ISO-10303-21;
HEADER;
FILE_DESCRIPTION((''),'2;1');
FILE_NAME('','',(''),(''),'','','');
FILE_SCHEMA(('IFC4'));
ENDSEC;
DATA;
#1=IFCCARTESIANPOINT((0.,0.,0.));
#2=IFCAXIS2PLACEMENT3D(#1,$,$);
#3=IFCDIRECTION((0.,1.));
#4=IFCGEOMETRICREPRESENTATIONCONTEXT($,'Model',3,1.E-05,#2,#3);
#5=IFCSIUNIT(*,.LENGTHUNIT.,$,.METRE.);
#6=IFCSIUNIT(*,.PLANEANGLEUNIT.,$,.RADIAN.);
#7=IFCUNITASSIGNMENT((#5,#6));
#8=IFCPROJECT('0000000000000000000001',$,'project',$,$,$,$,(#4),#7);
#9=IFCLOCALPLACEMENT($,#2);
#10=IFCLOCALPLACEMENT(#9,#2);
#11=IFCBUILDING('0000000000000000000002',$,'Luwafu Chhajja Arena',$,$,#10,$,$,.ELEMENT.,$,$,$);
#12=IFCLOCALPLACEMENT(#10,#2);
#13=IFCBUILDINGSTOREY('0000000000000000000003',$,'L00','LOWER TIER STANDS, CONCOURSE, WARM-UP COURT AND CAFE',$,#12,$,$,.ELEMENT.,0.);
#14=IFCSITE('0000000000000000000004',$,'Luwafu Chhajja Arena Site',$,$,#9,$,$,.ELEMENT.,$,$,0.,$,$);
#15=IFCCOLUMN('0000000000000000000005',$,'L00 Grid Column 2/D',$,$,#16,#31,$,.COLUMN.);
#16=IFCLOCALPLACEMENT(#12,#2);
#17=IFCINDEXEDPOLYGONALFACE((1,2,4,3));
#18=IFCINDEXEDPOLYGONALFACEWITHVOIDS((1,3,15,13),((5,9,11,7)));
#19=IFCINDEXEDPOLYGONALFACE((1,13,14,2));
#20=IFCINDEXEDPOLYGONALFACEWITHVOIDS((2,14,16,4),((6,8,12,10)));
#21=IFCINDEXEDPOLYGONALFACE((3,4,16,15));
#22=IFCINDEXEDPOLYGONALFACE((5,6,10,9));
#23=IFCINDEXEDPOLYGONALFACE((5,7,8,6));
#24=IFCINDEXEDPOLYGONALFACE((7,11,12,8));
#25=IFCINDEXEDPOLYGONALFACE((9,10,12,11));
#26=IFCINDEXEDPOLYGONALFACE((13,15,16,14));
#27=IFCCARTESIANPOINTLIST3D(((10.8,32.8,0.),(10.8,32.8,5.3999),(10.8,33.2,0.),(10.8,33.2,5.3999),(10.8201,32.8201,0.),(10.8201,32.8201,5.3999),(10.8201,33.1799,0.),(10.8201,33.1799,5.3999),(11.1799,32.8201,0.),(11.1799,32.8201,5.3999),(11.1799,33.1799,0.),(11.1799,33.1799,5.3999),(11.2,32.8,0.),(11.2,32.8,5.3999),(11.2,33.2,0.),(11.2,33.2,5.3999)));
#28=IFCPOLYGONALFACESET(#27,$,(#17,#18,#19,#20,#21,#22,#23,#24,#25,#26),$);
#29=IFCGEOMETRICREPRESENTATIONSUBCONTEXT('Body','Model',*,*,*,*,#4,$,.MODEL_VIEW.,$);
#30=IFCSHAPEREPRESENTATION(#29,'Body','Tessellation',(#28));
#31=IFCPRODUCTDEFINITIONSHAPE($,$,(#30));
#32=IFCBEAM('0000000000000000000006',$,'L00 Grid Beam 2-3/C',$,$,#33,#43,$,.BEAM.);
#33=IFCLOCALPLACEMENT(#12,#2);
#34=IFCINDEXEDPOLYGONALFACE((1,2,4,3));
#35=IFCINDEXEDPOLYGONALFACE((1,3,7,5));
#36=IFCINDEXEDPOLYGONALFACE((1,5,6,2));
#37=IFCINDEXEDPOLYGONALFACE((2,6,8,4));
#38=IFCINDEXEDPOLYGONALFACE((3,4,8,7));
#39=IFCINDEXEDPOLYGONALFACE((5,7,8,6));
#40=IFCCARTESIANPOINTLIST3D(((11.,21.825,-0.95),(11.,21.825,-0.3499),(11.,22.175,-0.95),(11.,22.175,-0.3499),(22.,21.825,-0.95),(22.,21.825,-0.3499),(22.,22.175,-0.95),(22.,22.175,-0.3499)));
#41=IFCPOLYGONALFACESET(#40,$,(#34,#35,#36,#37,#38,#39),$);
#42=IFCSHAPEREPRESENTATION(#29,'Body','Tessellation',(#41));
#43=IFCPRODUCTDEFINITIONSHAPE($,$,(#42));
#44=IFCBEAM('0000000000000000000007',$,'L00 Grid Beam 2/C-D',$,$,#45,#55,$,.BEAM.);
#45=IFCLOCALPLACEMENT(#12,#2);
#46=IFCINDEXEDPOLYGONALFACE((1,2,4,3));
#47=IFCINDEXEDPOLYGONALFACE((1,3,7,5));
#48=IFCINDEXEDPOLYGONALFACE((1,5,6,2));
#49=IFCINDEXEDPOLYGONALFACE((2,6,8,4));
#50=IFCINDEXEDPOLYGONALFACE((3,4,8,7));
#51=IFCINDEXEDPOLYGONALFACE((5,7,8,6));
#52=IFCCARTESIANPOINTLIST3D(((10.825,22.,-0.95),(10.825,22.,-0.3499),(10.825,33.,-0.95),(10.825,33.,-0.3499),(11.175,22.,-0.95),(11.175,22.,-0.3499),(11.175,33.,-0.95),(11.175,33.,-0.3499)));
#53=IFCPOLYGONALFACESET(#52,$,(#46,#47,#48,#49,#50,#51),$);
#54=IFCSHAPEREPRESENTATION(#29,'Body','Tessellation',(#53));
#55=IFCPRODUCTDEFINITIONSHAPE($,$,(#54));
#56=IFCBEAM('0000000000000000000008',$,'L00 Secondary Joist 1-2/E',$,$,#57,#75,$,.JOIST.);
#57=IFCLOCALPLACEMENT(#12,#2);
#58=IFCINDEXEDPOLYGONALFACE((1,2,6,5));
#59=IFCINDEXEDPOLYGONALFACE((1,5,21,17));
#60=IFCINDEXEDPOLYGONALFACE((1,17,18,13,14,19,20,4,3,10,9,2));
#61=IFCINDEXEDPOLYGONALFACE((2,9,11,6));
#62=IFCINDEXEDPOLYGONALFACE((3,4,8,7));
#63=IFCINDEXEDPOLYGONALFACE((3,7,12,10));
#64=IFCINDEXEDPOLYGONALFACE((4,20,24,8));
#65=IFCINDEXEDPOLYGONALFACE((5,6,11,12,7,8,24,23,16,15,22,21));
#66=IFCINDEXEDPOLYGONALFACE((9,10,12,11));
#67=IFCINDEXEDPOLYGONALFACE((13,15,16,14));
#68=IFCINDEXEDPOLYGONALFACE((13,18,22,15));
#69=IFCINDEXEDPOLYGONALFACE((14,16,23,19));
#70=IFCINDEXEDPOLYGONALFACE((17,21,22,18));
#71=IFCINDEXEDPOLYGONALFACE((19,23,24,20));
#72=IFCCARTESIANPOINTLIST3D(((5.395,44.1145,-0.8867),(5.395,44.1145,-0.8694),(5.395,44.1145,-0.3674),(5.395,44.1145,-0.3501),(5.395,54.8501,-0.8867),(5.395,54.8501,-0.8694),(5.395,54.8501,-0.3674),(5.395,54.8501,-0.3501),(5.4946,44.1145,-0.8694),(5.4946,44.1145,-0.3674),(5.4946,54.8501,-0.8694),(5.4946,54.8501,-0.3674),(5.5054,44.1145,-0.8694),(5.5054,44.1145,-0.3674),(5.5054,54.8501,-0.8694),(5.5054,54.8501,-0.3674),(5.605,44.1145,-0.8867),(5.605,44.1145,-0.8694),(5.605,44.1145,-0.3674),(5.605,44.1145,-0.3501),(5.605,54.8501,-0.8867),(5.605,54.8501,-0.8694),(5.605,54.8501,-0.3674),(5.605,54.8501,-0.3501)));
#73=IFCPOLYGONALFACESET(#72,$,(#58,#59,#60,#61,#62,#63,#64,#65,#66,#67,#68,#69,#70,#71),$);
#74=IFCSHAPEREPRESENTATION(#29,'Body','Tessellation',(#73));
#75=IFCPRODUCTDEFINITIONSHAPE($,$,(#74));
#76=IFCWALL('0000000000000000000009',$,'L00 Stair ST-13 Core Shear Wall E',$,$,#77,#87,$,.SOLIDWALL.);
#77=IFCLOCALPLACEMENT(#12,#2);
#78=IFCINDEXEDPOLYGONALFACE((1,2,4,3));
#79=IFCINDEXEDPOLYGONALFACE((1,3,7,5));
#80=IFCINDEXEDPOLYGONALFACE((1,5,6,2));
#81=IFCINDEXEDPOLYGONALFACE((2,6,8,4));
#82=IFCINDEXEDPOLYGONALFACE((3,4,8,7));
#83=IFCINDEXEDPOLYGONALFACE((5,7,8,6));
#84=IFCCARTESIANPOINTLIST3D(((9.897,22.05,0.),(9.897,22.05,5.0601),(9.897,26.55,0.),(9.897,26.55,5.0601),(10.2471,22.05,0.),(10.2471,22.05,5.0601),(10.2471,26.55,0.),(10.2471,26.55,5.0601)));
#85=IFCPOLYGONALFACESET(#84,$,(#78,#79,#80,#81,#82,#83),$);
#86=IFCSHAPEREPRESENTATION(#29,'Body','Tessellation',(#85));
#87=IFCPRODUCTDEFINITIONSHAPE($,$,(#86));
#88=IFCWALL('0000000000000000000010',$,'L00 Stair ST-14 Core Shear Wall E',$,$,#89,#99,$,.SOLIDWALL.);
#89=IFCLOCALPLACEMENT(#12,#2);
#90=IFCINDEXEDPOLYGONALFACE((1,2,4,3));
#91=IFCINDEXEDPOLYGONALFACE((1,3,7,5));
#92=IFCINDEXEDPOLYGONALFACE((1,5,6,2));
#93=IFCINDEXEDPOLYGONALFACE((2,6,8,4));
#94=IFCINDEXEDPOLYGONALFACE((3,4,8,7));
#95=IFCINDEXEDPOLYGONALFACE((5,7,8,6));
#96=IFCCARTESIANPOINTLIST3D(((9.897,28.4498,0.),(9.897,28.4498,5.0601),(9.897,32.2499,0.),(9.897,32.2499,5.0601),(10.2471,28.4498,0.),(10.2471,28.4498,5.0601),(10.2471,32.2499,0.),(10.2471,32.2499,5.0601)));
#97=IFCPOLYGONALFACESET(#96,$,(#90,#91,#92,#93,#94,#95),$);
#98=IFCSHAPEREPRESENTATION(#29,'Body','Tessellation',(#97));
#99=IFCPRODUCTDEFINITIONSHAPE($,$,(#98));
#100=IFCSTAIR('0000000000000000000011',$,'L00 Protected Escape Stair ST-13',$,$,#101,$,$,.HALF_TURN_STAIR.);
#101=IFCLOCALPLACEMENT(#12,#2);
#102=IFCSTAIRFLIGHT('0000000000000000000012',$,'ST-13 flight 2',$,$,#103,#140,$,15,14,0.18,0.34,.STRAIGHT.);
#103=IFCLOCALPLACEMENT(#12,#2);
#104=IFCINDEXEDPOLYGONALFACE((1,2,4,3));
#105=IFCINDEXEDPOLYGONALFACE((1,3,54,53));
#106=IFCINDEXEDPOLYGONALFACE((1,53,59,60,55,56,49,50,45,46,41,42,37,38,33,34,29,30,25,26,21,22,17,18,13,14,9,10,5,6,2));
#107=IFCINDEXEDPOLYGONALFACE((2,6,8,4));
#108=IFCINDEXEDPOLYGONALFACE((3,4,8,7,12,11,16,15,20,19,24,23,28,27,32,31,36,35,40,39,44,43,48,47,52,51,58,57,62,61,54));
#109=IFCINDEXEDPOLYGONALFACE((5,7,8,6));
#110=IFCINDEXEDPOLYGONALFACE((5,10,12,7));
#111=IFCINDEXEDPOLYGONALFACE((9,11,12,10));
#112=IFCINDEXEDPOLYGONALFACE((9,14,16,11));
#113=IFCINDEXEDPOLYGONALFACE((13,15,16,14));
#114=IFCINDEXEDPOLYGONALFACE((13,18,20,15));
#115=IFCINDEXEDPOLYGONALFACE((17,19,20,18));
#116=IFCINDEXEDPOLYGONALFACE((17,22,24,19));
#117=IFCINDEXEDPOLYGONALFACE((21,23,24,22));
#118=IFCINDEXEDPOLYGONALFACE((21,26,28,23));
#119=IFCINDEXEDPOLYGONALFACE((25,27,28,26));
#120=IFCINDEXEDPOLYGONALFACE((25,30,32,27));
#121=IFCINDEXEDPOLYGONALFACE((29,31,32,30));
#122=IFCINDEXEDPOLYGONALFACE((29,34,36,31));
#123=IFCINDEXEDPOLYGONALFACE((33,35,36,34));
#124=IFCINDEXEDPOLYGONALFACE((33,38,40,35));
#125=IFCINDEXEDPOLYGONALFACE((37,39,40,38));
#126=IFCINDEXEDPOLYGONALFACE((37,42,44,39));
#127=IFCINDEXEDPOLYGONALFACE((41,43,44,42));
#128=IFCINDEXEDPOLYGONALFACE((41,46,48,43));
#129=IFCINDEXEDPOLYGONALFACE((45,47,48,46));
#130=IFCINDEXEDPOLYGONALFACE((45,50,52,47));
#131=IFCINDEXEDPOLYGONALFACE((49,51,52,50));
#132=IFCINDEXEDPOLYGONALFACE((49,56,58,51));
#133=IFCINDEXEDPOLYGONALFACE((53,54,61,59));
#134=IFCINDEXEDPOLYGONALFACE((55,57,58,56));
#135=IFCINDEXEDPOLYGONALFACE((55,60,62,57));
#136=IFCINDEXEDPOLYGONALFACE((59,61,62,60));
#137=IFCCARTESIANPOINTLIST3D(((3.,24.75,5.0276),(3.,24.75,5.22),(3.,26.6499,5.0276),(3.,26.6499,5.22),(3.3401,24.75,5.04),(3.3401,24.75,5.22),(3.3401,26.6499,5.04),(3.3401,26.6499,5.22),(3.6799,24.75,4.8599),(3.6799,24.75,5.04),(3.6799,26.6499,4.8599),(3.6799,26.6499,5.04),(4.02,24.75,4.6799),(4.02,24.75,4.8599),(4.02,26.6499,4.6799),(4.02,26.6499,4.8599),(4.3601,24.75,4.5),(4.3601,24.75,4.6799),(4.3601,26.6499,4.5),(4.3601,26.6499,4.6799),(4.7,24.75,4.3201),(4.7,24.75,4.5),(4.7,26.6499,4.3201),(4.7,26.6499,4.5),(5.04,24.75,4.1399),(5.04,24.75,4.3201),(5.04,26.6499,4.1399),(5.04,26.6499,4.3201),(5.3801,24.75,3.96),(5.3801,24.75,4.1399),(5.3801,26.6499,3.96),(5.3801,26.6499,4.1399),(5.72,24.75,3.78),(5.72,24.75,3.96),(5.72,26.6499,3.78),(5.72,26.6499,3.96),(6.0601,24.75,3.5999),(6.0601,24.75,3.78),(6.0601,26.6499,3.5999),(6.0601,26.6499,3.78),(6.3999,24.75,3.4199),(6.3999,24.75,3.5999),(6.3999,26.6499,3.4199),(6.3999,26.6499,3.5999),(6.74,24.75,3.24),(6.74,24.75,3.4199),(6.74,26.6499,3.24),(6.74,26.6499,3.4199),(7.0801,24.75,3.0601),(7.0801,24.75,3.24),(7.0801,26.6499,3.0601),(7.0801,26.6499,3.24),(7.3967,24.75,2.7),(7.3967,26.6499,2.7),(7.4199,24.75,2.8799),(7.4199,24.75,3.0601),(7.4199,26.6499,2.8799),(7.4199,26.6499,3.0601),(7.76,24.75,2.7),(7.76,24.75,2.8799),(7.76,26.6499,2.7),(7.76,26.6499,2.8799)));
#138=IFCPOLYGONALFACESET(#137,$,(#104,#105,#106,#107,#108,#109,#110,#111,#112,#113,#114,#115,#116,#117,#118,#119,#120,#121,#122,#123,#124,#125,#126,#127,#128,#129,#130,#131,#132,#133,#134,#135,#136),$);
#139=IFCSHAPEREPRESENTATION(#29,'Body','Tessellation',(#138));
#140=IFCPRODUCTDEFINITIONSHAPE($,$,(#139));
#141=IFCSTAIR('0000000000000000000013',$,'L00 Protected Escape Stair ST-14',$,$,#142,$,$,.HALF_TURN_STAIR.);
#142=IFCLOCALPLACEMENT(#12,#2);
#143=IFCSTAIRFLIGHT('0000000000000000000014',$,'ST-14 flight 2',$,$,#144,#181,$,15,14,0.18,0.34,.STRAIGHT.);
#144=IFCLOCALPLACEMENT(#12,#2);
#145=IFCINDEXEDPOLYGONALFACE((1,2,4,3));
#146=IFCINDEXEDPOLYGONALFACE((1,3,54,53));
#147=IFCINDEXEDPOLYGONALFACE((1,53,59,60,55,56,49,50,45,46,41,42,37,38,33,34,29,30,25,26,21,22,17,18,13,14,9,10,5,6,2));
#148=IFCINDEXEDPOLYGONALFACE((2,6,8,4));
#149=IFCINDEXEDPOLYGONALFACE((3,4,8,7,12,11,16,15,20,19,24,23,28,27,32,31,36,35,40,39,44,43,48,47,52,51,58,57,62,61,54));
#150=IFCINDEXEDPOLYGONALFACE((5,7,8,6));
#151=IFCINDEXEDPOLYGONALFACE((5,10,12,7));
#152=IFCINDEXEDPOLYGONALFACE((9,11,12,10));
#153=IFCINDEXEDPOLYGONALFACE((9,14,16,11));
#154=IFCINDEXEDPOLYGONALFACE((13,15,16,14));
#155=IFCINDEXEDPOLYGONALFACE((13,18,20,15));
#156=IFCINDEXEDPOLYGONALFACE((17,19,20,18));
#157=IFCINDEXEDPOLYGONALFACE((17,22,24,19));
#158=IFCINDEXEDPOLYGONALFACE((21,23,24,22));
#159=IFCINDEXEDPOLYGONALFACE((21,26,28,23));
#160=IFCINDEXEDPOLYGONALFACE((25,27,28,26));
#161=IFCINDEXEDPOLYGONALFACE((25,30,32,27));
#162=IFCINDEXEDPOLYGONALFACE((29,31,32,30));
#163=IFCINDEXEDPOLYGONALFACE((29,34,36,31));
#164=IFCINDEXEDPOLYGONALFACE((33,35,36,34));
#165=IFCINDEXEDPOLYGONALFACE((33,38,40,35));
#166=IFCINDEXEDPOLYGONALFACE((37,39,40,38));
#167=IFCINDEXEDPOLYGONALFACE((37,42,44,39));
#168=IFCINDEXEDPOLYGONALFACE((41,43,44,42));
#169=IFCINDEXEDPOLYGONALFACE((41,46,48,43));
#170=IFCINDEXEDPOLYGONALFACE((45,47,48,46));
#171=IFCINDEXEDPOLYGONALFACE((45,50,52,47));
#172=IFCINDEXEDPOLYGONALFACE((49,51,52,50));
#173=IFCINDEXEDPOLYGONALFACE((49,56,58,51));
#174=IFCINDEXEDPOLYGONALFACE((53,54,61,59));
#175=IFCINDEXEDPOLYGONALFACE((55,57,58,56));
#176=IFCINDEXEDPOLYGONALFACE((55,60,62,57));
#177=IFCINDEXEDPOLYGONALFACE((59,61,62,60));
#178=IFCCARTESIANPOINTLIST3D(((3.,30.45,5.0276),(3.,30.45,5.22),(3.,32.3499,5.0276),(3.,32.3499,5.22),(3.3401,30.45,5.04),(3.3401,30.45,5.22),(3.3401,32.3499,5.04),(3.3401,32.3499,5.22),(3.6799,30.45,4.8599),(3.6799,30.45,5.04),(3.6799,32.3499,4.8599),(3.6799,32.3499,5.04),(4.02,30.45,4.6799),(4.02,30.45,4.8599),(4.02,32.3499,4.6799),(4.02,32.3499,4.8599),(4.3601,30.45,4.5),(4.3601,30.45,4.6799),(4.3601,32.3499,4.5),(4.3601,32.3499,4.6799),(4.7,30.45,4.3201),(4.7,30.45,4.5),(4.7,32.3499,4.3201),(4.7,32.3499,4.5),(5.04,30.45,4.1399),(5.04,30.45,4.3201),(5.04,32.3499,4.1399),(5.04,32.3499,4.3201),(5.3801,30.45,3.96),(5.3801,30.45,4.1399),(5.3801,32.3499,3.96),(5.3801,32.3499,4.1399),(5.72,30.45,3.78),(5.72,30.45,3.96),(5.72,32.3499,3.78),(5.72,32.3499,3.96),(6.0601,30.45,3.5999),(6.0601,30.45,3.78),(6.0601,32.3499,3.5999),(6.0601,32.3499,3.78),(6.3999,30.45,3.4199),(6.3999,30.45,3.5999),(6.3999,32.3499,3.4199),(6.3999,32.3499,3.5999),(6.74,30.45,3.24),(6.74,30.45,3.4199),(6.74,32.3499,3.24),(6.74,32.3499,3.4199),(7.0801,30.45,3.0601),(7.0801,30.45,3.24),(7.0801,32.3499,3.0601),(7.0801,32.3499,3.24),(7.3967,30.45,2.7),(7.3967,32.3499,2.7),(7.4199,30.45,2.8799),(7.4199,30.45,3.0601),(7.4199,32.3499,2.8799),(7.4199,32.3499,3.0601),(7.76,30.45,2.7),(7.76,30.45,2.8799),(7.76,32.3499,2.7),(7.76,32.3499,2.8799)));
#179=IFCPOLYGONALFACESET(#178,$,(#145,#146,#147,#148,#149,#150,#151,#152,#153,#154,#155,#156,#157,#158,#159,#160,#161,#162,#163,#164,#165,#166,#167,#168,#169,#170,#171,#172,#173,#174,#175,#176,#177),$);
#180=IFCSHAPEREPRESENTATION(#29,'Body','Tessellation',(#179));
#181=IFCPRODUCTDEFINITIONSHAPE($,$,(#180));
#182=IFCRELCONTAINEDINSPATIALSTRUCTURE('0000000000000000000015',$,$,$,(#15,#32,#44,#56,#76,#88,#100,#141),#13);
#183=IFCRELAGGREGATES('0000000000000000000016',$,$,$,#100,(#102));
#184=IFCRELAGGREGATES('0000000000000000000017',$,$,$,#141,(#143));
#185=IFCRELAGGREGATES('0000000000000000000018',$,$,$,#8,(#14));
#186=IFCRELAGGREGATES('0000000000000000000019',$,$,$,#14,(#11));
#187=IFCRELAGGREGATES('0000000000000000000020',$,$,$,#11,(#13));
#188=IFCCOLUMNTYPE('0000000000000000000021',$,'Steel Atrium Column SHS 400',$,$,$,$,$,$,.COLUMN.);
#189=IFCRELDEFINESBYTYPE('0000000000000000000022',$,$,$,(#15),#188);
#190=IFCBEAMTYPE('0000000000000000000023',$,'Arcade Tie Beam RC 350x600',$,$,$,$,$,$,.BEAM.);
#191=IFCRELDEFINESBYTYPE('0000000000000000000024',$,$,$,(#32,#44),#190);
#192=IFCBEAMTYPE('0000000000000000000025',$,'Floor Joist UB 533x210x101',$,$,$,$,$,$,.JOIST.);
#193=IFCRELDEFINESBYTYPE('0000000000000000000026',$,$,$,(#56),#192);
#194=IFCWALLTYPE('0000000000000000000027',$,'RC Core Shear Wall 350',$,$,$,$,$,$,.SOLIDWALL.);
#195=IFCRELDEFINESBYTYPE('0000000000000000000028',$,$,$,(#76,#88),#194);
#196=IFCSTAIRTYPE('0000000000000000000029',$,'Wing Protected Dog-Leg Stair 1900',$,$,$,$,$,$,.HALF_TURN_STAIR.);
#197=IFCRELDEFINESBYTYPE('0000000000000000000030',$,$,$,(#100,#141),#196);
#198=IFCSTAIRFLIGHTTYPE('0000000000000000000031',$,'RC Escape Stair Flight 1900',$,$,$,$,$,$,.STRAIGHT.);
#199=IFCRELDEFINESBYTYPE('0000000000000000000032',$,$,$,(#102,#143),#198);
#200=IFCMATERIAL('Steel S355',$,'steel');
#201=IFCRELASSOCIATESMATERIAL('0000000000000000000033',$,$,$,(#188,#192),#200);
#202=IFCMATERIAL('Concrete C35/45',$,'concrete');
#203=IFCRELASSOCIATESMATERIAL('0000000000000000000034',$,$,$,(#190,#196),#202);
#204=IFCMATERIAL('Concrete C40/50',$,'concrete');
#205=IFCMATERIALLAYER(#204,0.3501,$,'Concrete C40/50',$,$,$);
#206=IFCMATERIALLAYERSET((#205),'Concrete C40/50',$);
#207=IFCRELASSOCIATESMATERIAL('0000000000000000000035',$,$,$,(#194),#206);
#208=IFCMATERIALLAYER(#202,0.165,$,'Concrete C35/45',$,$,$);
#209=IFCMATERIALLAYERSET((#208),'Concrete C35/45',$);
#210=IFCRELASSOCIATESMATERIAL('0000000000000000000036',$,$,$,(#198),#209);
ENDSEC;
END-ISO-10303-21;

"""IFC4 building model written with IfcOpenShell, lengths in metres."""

from ifc_helpers import new_model, si_unit, direction, frame, frame_2d, origin, origin_2d, place, context, subcontext, project, spatial, polyline, rectangle, hollow_rectangle, i_section, outline, extrude, material, layer, layer_set, material_profile, profile_set, type_object, element, aggregate, save


model = new_model("IFC4")

# Units and contexts
model_context = context("Model", 3, precision=1e-05, world=origin(), true_north=direction((0.0, 1.0)))
body_context = subcontext(model_context, "Body", "Model", "MODEL_VIEW")
ifc_project = project(units=[si_unit("LENGTHUNIT", "METRE"), si_unit("PLANEANGLEUNIT", "RADIAN")], contexts=[model_context])

# Site, building, storey
site_placement = place(None, origin())
site = spatial("IfcSite", under=ifc_project, at=site_placement, Name="Luwafu Chhajja Arena Site", CompositionType="ELEMENT", RefElevation=0.0)
building_placement = place(site_placement, origin())
building = spatial("IfcBuilding", under=site, at=building_placement, Name="Luwafu Chhajja Arena", CompositionType="ELEMENT")
storey_placement = place(building_placement, origin())
storey = spatial("IfcBuildingStorey", under=building, at=storey_placement, Name="L00", Description="LOWER TIER STANDS, CONCOURSE, WARM-UP COURT AND CAFE", CompositionType="ELEMENT", Elevation=0.0)

# Column
ifc_material_1 = material(Name="Steel S355", Category="steel")
ifc_material_profile_1 = material_profile(ifc_material_1, hollow_rectangle(XDim=0.3999, YDim=0.3999, WallThickness=0.02, at=origin_2d()), Name="SHS 400x400x20")
ifc_profile_set_1 = profile_set([ifc_material_profile_1], Name="Steel S355")
column_type = type_object("IfcColumnType", Name="Steel Atrium Column SHS 400", PredefinedType="COLUMN", material=ifc_profile_set_1)
column_placement = place(storey_placement, frame((11.0, 33.0, 0.0), z_axis=(0.0, 0.0, 1.0), x_axis=(1.0, 0.0, 0.0)))
element("IfcColumn", 1, at=column_placement, inside=storey, type_object=column_type, Name="L00 Grid Column 2/D", PredefinedType="COLUMN", context=body_context, shape_type="SweptSolid", body=[
    extrude(hollow_rectangle(XDim=0.3999, YDim=0.3999, WallThickness=0.02, at=origin_2d()), origin(), (0.0, 0.0, 1.0), 5.3999),
])

# Beams
ifc_material_2 = material(Name="Concrete C35/45", Category="concrete")
ifc_material_profile_2 = material_profile(ifc_material_2, rectangle(XDim=0.3501, YDim=0.6001, at=origin_2d()), Name="RC 350x600")
ifc_profile_set_2 = profile_set([ifc_material_profile_2], Name="Concrete C35/45")
beam_type_1 = type_object("IfcBeamType", Name="Arcade Tie Beam RC 350x600", PredefinedType="BEAM", material=ifc_profile_set_2)
for number, where, z_axis, x_axis, name in (
    (2, (11.0, 22.0, -0.6499), (1.0, 0.0, 0.0), (0.0, 1.0, 0.0), "L00 Grid Beam 2-3/C"),
    (3, (11.0, 22.0, -0.6499), (0.0, 1.0, 0.0), (-1.0, 0.0, 0.0), "L00 Grid Beam 2/C-D"),
):
    element("IfcBeam", number, at=place(storey_placement, frame(where, z_axis=z_axis, x_axis=x_axis)), inside=storey, type_object=beam_type_1, Name=name, PredefinedType="BEAM", context=body_context, shape_type="SweptSolid", body=[
        extrude(rectangle(XDim=0.3501, YDim=0.6001, at=origin_2d()), origin(), (0.0, 0.0, 1.0), 11.0),
    ])
ifc_material_profile_3 = material_profile(ifc_material_1, i_section(OverallWidth=0.21, OverallDepth=0.5366, WebThickness=0.0107, FlangeThickness=0.0173, at=origin_2d()), Name="UB 533x210x101")
ifc_profile_set_3 = profile_set([ifc_material_profile_3], Name="Steel S355")
beam_type_2 = type_object("IfcBeamType", Name="Floor Joist UB 533x210x101", PredefinedType="JOIST", material=ifc_profile_set_3)
beam_placement = place(storey_placement, frame((5.5, 44.1145, -0.6184), z_axis=(0.0, 1.0, 0.0), x_axis=(-1.0, 0.0, 0.0)))
element("IfcBeam", 4, at=beam_placement, inside=storey, type_object=beam_type_2, Name="L00 Secondary Joist 1-2/E", PredefinedType="JOIST", context=body_context, shape_type="SweptSolid", body=[
    extrude(i_section(OverallWidth=0.21, OverallDepth=0.5366, WebThickness=0.0107, FlangeThickness=0.0173, at=origin_2d()), origin(), (0.0, 0.0, 1.0), 10.7356),
])

# Walls
ifc_material_3 = material(Name="Concrete C40/50", Category="concrete")
ifc_layer_1 = layer(ifc_material_3, 0.3501, Name="Concrete C40/50")
ifc_layer_set_1 = layer_set([ifc_layer_1], Name="Concrete C40/50")
wall_type = type_object("IfcWallType", Name="RC Core Shear Wall 350", PredefinedType="SOLIDWALL", material=ifc_layer_set_1)
wall_1_placement = place(storey_placement, frame((10.072, 22.05, 0.0), z_axis=(0.0, 0.0, 1.0), x_axis=(0.0, 1.0, 0.0)))
element("IfcWall", 5, at=wall_1_placement, inside=storey, type_object=wall_type, Name="L00 Stair ST-13 Core Shear Wall E", PredefinedType="SOLIDWALL", context=body_context, shape_type="SweptSolid", body=[
    extrude(rectangle(XDim=4.5, YDim=0.3501, at=frame_2d((2.25, 0.0))), origin(), (0.0, 0.0, 1.0), 5.0601),
])
wall_2_placement = place(storey_placement, frame((10.072, 28.45, 0.0), z_axis=(0.0, 0.0, 1.0), x_axis=(0.0, 1.0, 0.0)))
element("IfcWall", 6, at=wall_2_placement, inside=storey, type_object=wall_type, Name="L00 Stair ST-14 Core Shear Wall E", PredefinedType="SOLIDWALL", context=body_context, shape_type="SweptSolid", body=[
    extrude(rectangle(XDim=3.8, YDim=0.3501, at=frame_2d((1.8999, 0.0))), origin(), (0.0, 0.0, 1.0), 5.0601),
])

# Stairs, stair flights
stair_type = type_object("IfcStairType", Name="Wing Protected Dog-Leg Stair 1900", PredefinedType="HALF_TURN_STAIR", material=ifc_material_2)
stair_1_placement = place(storey_placement, origin())
stair_1 = element("IfcStair", 7, at=stair_1_placement, inside=storey, type_object=stair_type, Name="L00 Protected Escape Stair ST-13", PredefinedType="HALF_TURN_STAIR")
ifc_layer_2 = layer(ifc_material_2, 0.165, Name="Concrete C35/45")
ifc_layer_set_2 = layer_set([ifc_layer_2], Name="Concrete C35/45")
stair_flight_type = type_object("IfcStairFlightType", Name="RC Escape Stair Flight 1900", PredefinedType="STRAIGHT", material=ifc_layer_set_2)
stair_flight_1_placement = place(storey_placement, frame((7.76, 25.7, 2.7), z_axis=(0.0, 0.0, 1.0), x_axis=(-1.0, 0.0, 0.0)))
stair_flight_1 = element("IfcStairFlight", 8, at=stair_flight_1_placement, type_object=stair_flight_type, Name="ST-13 flight 2", NumberOfRisers=15, NumberOfTreads=14, PredefinedType="STRAIGHT", RiserHeight=0.18, TreadLength=0.34, context=body_context, shape_type="SweptSolid", body=[
    extrude(outline(polyline([(0.0, 0.0), (0.0, 0.1799), (0.3401, 0.1799), (0.3401, 0.3601), (0.6799, 0.3601), (0.6799, 0.54), (1.02, 0.54), (1.02, 0.72), (1.3601, 0.72), (1.3601, 0.8999), (1.7, 0.8999), (1.7, 1.0801), (2.04, 1.0801), (2.04, 1.26), (2.3799, 1.26), (2.3799, 1.4399), (2.72, 1.4399), (2.72, 1.6201), (3.0601, 1.6201), (3.0601, 1.8), (3.3999, 1.8), (3.3999, 1.98), (3.74, 1.98), (3.74, 2.1599), (4.0801, 2.1599), (4.0801, 2.3401), (4.4199, 2.3401), (4.4199, 2.52), (4.76, 2.52), (4.76, 2.7), (4.76, 2.3276), (0.3633, 0.0), (0.0, 0.0)])), frame((0.0, 0.95, 0.0), z_axis=(0.0, -1.0, 0.0), x_axis=(1.0, 0.0, 0.0)), (0.0, 0.0, 1.0), 1.8999),
])
aggregate(stair_1, [stair_flight_1])
stair_2_placement = place(storey_placement, origin())
stair_2 = element("IfcStair", 9, at=stair_2_placement, inside=storey, type_object=stair_type, Name="L00 Protected Escape Stair ST-14", PredefinedType="HALF_TURN_STAIR")
stair_flight_2_placement = place(storey_placement, frame((7.76, 31.3999, 2.7), z_axis=(0.0, 0.0, 1.0), x_axis=(-1.0, 0.0, 0.0)))
stair_flight_2 = element("IfcStairFlight", 10, at=stair_flight_2_placement, type_object=stair_flight_type, Name="ST-14 flight 2", NumberOfRisers=15, NumberOfTreads=14, PredefinedType="STRAIGHT", RiserHeight=0.18, TreadLength=0.34, context=body_context, shape_type="SweptSolid", body=[
    extrude(outline(polyline([(0.0, 0.0), (0.0, 0.1799), (0.3401, 0.1799), (0.3401, 0.3601), (0.6799, 0.3601), (0.6799, 0.54), (1.02, 0.54), (1.02, 0.72), (1.3601, 0.72), (1.3601, 0.8999), (1.7, 0.8999), (1.7, 1.0801), (2.04, 1.0801), (2.04, 1.26), (2.3799, 1.26), (2.3799, 1.4399), (2.72, 1.4399), (2.72, 1.6201), (3.0601, 1.6201), (3.0601, 1.8), (3.3999, 1.8), (3.3999, 1.98), (3.74, 1.98), (3.74, 2.1599), (4.0801, 2.1599), (4.0801, 2.3401), (4.4199, 2.3401), (4.4199, 2.52), (4.76, 2.52), (4.76, 2.7), (4.76, 2.3276), (0.3633, 0.0), (0.0, 0.0)])), frame((0.0, 0.95, 0.0), z_axis=(0.0, -1.0, 0.0), x_axis=(1.0, 0.0, 0.0)), (0.0, 0.0, 1.0), 1.8999),
])
aggregate(stair_2, [stair_flight_2])

save(model, "model.ifc")
